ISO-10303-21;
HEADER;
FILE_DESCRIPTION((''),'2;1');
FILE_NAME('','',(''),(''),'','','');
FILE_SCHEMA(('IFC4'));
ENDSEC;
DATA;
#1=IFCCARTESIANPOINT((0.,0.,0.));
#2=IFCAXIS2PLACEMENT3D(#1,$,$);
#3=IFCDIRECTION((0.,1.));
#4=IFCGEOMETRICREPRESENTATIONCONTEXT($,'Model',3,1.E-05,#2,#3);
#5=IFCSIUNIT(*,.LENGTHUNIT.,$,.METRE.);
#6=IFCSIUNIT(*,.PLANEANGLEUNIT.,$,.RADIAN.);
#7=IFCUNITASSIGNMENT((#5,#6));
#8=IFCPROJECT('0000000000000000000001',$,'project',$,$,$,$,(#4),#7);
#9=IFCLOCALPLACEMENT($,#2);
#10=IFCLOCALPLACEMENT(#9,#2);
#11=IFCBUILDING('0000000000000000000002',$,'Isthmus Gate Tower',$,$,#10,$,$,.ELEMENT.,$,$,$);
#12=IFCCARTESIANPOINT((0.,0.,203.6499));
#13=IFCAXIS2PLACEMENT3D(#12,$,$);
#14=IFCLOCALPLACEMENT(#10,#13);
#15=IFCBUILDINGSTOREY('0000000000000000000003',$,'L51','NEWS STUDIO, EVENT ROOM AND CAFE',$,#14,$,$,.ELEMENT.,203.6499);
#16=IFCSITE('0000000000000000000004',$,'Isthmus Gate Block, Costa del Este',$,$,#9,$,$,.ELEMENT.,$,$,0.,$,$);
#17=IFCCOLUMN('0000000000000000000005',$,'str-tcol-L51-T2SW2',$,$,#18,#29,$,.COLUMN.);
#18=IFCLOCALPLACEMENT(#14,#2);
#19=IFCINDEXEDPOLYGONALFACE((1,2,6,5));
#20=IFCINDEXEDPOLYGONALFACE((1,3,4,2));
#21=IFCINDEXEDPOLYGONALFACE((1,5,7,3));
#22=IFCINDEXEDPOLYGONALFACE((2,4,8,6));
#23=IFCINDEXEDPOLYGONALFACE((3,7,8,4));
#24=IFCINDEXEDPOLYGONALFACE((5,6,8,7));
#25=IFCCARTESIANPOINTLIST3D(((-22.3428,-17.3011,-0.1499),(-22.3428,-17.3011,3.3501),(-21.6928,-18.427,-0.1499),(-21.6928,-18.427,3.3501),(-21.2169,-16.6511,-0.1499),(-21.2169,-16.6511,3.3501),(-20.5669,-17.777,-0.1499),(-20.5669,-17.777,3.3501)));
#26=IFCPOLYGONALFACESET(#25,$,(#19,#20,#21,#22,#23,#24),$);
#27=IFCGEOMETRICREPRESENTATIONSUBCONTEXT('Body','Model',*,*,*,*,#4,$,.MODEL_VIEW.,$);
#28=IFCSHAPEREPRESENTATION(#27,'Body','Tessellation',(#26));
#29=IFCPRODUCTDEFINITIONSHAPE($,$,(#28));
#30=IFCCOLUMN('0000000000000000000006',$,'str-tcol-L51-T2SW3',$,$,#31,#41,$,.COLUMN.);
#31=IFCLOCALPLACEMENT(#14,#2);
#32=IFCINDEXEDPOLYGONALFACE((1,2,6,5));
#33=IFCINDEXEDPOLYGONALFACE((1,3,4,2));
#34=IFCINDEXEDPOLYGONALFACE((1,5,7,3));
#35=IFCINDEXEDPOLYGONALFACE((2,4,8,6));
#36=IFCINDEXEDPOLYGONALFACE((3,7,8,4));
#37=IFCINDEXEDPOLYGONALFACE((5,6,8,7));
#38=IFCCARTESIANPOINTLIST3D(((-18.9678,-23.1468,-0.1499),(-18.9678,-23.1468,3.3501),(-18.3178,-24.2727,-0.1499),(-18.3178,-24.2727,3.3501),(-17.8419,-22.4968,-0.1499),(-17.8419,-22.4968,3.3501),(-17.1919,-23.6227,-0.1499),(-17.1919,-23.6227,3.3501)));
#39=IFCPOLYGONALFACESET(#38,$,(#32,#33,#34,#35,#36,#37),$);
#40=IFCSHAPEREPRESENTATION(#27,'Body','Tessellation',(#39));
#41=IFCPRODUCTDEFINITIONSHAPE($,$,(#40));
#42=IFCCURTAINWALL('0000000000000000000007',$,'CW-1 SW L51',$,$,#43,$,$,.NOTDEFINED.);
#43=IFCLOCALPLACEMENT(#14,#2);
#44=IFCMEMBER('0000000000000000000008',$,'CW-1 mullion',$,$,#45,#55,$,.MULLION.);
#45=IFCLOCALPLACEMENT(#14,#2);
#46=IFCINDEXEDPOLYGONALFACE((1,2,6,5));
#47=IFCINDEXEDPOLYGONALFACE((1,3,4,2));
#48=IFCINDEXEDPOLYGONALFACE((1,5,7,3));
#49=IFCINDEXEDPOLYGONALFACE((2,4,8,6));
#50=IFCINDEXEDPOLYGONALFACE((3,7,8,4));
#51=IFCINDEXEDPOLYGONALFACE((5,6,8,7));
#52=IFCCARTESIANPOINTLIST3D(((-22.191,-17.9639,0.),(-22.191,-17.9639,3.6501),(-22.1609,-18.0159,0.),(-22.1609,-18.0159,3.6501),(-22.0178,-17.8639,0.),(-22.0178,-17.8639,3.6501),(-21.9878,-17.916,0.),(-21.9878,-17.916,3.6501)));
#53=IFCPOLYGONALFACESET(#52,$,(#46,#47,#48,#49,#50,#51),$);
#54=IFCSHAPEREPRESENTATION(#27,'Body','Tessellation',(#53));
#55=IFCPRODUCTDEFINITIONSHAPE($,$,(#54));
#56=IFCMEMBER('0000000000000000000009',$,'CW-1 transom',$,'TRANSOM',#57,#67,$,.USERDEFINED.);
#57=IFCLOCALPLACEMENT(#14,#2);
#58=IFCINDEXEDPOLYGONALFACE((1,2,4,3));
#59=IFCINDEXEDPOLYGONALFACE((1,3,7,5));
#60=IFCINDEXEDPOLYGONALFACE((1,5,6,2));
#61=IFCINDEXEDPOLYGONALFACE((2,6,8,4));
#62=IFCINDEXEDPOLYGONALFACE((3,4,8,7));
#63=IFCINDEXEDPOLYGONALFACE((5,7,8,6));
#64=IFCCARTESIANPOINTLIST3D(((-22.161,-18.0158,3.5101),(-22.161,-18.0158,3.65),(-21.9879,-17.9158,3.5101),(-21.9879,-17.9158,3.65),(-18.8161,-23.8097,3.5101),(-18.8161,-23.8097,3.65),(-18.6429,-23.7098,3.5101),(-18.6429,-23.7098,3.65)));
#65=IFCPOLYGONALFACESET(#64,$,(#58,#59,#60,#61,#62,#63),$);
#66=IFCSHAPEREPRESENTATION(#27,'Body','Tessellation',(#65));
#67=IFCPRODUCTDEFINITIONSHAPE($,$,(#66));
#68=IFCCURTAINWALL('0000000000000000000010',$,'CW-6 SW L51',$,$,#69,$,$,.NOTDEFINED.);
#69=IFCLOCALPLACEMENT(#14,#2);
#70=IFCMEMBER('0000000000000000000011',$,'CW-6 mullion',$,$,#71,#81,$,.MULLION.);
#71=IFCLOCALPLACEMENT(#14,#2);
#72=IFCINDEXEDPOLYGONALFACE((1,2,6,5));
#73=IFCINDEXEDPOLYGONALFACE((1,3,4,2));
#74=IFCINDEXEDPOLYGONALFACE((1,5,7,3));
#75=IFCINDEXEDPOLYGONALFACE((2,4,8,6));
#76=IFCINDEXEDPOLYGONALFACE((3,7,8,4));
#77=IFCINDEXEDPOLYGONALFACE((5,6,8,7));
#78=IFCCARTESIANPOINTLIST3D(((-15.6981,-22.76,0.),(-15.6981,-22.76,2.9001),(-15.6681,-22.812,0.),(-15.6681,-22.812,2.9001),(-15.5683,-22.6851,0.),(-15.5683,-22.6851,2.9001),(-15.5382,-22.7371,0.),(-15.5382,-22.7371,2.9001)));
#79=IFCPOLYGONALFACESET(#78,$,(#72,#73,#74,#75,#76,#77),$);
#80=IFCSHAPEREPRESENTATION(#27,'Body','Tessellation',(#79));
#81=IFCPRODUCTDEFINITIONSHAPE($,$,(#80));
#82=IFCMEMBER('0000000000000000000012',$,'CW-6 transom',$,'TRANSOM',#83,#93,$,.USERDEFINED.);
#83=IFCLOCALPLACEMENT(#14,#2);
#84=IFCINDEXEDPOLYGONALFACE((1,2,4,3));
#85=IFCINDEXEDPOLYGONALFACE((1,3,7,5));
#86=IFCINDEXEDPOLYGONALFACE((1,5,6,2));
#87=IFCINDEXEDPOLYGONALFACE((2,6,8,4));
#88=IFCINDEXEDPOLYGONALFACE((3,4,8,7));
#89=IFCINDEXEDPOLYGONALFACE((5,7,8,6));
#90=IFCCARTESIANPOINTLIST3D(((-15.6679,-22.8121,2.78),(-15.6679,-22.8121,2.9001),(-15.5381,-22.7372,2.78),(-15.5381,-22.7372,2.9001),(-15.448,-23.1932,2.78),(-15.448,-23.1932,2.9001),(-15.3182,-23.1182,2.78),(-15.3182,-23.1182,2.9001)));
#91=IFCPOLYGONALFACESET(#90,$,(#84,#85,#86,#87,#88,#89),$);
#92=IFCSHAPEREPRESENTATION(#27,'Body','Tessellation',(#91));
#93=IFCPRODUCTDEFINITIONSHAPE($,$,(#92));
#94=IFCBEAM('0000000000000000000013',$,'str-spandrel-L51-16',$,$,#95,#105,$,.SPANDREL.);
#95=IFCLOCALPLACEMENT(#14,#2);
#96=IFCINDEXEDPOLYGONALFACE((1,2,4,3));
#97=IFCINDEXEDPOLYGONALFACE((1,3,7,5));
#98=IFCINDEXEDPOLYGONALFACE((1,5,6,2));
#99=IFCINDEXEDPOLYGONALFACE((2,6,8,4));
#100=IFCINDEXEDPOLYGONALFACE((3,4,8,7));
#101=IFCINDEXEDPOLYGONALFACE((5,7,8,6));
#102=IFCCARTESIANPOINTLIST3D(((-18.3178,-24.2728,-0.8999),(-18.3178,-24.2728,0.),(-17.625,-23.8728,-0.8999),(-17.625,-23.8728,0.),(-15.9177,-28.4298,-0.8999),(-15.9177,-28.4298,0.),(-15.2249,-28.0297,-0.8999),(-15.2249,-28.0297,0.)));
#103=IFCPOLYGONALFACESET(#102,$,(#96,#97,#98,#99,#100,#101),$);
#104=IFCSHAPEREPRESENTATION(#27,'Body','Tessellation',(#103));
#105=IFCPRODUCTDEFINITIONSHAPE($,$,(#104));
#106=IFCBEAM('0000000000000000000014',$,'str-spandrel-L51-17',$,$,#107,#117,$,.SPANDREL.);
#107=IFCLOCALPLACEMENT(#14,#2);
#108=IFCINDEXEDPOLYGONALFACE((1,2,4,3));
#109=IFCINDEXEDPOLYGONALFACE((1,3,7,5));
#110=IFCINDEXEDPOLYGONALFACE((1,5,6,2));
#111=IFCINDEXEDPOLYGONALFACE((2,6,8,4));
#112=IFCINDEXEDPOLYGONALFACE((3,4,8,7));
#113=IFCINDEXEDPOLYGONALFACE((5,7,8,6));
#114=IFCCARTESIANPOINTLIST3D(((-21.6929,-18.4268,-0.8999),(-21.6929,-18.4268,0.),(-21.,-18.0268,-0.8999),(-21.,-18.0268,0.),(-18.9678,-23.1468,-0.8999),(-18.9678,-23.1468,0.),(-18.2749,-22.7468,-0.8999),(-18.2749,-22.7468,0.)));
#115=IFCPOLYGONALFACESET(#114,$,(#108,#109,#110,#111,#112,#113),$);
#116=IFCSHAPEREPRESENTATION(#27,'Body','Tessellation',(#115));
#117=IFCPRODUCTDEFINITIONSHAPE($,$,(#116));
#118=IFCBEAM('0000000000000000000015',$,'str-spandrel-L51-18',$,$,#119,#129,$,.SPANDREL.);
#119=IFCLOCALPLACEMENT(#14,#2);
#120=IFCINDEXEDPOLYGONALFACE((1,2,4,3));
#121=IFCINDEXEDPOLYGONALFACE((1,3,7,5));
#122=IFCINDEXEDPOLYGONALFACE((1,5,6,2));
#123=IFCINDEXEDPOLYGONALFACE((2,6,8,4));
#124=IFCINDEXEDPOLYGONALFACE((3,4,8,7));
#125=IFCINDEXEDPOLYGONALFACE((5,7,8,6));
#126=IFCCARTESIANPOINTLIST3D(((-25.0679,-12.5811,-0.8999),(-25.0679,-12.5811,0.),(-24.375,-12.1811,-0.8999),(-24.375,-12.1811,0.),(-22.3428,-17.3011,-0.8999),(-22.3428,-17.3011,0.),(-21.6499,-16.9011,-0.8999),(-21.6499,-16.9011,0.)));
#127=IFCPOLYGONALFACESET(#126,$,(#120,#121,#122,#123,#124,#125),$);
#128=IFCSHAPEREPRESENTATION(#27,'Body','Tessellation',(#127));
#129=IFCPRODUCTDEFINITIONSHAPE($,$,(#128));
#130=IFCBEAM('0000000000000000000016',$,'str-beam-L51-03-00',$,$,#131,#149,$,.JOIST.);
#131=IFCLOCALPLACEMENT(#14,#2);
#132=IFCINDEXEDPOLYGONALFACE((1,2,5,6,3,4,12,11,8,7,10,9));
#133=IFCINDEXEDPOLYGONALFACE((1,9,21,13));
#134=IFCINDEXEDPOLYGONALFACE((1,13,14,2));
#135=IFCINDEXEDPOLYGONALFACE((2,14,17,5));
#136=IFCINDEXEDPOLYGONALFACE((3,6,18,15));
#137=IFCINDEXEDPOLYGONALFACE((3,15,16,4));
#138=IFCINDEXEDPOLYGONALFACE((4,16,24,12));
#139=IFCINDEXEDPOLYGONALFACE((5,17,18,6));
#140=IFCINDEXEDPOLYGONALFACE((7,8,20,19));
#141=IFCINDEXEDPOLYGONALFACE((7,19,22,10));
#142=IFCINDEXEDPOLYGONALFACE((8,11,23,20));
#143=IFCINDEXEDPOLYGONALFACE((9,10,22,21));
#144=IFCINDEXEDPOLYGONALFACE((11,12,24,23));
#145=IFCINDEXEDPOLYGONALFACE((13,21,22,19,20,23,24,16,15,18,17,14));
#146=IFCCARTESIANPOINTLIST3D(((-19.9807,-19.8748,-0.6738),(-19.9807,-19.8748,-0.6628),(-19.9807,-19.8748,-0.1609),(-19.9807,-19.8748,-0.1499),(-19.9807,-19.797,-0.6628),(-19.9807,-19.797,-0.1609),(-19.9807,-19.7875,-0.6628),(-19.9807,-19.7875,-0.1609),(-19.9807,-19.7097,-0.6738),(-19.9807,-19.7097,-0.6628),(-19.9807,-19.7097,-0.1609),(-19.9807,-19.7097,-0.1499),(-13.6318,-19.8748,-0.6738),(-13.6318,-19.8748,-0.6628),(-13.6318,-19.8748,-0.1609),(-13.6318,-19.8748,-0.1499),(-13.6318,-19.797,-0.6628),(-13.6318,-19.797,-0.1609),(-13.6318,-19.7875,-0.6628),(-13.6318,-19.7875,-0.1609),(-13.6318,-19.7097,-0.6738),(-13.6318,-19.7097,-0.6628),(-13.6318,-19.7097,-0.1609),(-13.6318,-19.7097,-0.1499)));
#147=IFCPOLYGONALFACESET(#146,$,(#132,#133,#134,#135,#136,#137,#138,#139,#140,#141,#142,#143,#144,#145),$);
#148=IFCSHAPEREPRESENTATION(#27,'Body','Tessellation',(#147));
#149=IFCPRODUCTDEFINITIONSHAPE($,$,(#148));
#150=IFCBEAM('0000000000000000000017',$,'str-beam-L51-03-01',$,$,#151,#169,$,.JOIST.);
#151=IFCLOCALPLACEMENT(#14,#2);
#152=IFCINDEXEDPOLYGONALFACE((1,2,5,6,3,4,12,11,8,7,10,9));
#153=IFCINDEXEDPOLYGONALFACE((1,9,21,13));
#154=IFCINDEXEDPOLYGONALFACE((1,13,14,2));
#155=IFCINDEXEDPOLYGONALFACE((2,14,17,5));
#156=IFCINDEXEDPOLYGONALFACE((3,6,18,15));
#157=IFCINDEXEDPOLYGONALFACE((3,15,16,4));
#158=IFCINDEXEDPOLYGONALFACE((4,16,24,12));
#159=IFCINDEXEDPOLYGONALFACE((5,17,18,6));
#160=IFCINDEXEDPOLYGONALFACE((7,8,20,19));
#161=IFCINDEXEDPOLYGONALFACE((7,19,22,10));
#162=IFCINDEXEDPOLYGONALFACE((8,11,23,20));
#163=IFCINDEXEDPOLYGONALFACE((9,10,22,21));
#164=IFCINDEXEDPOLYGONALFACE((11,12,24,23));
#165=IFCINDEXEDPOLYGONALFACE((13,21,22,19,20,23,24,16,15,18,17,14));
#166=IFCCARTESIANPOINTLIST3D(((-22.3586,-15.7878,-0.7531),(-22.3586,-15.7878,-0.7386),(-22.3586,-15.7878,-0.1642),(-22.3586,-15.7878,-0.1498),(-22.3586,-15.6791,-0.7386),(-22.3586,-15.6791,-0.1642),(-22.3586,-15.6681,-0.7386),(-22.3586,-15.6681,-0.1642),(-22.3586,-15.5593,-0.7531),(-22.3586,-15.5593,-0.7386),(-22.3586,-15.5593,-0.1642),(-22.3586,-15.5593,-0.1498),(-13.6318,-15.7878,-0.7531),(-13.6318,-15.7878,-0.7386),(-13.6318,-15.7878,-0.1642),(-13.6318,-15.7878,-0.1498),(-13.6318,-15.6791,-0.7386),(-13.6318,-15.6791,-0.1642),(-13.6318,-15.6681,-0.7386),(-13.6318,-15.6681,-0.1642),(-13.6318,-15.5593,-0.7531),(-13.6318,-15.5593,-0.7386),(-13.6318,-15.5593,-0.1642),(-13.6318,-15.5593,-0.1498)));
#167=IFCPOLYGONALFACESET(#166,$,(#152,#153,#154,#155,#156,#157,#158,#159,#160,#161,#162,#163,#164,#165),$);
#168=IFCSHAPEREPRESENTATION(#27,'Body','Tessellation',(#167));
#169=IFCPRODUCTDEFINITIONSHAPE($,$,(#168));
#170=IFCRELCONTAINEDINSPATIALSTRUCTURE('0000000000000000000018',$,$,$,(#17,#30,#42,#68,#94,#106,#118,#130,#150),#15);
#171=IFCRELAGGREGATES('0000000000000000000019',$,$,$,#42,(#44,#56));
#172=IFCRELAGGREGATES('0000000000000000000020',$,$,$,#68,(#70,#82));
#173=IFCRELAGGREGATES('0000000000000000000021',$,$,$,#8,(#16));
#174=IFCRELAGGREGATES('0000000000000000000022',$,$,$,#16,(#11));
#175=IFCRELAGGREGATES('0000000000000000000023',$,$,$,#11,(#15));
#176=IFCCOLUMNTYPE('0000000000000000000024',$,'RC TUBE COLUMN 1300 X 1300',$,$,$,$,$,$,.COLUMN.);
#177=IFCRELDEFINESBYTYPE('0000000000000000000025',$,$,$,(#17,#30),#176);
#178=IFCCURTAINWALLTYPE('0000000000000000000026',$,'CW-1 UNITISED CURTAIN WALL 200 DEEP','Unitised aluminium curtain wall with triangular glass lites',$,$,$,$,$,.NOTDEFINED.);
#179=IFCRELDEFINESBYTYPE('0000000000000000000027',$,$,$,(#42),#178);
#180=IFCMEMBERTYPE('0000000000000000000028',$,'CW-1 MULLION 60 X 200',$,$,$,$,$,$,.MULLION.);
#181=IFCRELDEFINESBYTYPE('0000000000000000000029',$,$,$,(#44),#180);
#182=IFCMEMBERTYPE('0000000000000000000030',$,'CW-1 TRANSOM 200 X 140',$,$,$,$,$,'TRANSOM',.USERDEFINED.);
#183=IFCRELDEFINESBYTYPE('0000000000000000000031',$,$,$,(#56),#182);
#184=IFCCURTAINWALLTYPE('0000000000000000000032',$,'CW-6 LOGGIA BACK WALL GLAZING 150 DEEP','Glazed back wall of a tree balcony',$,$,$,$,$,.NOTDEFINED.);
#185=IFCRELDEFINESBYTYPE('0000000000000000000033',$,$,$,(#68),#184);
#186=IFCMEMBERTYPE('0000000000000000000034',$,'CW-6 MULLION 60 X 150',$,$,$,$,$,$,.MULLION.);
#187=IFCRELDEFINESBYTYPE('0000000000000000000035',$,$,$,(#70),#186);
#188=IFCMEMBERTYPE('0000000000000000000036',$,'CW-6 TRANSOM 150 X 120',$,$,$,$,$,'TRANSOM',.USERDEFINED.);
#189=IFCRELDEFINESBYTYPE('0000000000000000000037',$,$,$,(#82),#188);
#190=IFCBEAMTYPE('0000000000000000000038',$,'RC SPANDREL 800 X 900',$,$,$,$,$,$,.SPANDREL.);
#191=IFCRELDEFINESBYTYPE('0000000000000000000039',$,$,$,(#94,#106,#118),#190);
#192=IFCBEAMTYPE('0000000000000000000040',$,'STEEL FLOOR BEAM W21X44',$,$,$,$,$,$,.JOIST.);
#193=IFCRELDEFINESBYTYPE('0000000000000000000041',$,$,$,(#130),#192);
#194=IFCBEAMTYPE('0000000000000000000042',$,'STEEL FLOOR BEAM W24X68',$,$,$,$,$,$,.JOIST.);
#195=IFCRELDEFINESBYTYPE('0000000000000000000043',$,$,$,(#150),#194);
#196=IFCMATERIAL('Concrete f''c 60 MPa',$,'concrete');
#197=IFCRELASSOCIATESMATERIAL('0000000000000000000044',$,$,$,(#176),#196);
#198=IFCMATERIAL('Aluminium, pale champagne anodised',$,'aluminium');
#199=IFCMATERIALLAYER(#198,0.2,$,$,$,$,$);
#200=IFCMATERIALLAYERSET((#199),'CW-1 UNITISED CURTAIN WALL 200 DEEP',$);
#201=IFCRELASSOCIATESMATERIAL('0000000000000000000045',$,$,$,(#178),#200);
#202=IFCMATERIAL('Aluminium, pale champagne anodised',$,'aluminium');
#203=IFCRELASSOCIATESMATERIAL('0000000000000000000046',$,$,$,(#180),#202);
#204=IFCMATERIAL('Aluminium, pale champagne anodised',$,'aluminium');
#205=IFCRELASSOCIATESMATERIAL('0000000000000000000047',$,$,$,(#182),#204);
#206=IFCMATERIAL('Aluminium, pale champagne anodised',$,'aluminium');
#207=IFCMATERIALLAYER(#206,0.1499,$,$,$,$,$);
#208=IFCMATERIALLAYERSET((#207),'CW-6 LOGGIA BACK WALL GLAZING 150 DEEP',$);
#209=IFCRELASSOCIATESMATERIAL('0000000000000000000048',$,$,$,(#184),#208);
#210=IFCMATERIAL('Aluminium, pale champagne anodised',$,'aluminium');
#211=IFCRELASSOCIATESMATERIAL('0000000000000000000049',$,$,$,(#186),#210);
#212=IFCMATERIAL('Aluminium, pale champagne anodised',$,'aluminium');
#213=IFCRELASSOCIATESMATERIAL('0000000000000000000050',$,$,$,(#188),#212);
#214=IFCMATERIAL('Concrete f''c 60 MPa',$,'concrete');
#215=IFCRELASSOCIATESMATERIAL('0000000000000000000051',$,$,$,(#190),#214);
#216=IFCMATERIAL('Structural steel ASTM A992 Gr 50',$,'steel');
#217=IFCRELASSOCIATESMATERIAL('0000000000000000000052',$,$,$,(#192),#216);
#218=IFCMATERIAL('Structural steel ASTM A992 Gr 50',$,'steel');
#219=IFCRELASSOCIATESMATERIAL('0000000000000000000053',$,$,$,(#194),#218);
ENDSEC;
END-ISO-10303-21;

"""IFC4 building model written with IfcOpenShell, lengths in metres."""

from ifc_helpers import new_model, si_unit, direction, frame, origin, origin_2d, place, context, subcontext, project, spatial, rectangle, i_section, extrude, material, layer, layer_set, material_profile, profile_set, type_object, element, aggregate, save


model = new_model("IFC4")

# Units and contexts
model_context = context("Model", 3, precision=1e-05, world=origin(), true_north=direction((0.0, 1.0)))
body_context = subcontext(model_context, "Body", "Model", "MODEL_VIEW")
ifc_project = project(units=[si_unit("LENGTHUNIT", "METRE"), si_unit("PLANEANGLEUNIT", "RADIAN")], contexts=[model_context])

# Site, building, storey
site_placement = place(None, origin())
site = spatial("IfcSite", under=ifc_project, at=site_placement, Name="Isthmus Gate Block, Costa del Este", CompositionType="ELEMENT", RefElevation=0.0)
building_placement = place(site_placement, origin())
building = spatial("IfcBuilding", under=site, at=building_placement, Name="Isthmus Gate Tower", CompositionType="ELEMENT")
storey_placement = place(building_placement, frame((0.0, 0.0, 203.6499)))
storey = spatial("IfcBuildingStorey", under=building, at=storey_placement, Name="L51", Description="NEWS STUDIO, EVENT ROOM AND CAFE", CompositionType="ELEMENT", Elevation=203.6499)

# Columns
ifc_material_1 = material(Name="Concrete f'c 60 MPa", Category="concrete")
ifc_material_profile_1 = material_profile(ifc_material_1, rectangle(XDim=1.3, YDim=1.3, at=origin_2d()), Name="RC 1300X1300")
ifc_profile_set_1 = profile_set([ifc_material_profile_1], Name="Concrete f'c 60 MPa")
column_type = type_object("IfcColumnType", Name="RC TUBE COLUMN 1300 X 1300", PredefinedType="COLUMN", material=ifc_profile_set_1)
for number, where, z_axis, x_axis, name in (
    (1, (-21.4548, -17.5391, -0.1499), (0.0, 0.0, 1.0), (0.5, -0.866025, 0.0), "str-tcol-L51-T2SW2"),
    (2, (-18.0798, -23.3848, -0.1499), (0.0, 0.0, 1.0), (0.5, -0.866025, 0.0), "str-tcol-L51-T2SW3"),
):
    element("IfcColumn", number, at=place(storey_placement, frame(where, z_axis=z_axis, x_axis=x_axis)), inside=storey, type_object=column_type, Name=name, PredefinedType="COLUMN", context=body_context, shape_type="SweptSolid", body=[
        extrude(rectangle(XDim=1.3, YDim=1.3, at=origin_2d()), origin(), (0.0, 0.0, 1.0), 3.5),
    ])

# Curtain walls, members
ifc_material_2 = material(Name="Aluminium, pale champagne anodised", Category="aluminium")
ifc_layer_1 = layer(ifc_material_2, 0.2)
ifc_layer_set_1 = layer_set([ifc_layer_1], Name="CW-1 UNITISED CURTAIN WALL 200 DEEP")
curtain_wall_type_1 = type_object("IfcCurtainWallType", Name="CW-1 UNITISED CURTAIN WALL 200 DEEP", Description="Unitised aluminium curtain wall with triangular glass lites", PredefinedType="NOTDEFINED", material=ifc_layer_set_1)
curtain_wall_1_placement = place(storey_placement, origin())
curtain_wall_1 = element("IfcCurtainWall", 3, at=curtain_wall_1_placement, inside=storey, type_object=curtain_wall_type_1, Name="CW-1 SW L51", PredefinedType="NOTDEFINED")
ifc_material_3 = material(Name="Aluminium, pale champagne anodised", Category="aluminium")
ifc_material_profile_2 = material_profile(ifc_material_3, rectangle(XDim=0.0601, YDim=0.2, at=origin_2d()), Name="60x200")
ifc_profile_set_2 = profile_set([ifc_material_profile_2], Name="Aluminium, pale champagne anodised")
member_type_1 = type_object("IfcMemberType", Name="CW-1 MULLION 60 X 200", PredefinedType="MULLION", material=ifc_profile_set_2)
member_1_placement = place(storey_placement, frame((-22.0894, -17.9399, 0.0), z_axis=(0.0, 0.0, 1.0), x_axis=(0.5, -0.866025, 0.0)))
member_1 = element("IfcMember", 4, at=member_1_placement, type_object=member_type_1, Name="CW-1 mullion", PredefinedType="MULLION", context=body_context, shape_type="SweptSolid", body=[
    extrude(rectangle(XDim=0.0601, YDim=0.2, at=origin_2d()), origin(), (0.0, 0.0, 1.0), 3.6501),
])
ifc_material_4 = material(Name="Aluminium, pale champagne anodised", Category="aluminium")
ifc_material_profile_3 = material_profile(ifc_material_4, rectangle(XDim=0.2, YDim=0.1399, at=origin_2d()), Name="200x140")
ifc_profile_set_3 = profile_set([ifc_material_profile_3], Name="Aluminium, pale champagne anodised")
member_type_2 = type_object("IfcMemberType", Name="CW-1 TRANSOM 200 X 140", ElementType="TRANSOM", PredefinedType="USERDEFINED", material=ifc_profile_set_3)
member_2_placement = place(storey_placement, frame((-22.0745, -17.9658, 3.5801), z_axis=(0.499981, -0.866036, 0.0), x_axis=(0.866036, 0.499981, 0.0)))
member_2 = element("IfcMember", 5, at=member_2_placement, type_object=member_type_2, Name="CW-1 transom", ObjectType="TRANSOM", PredefinedType="USERDEFINED", context=body_context, shape_type="SweptSolid", body=[
    extrude(rectangle(XDim=0.2, YDim=0.1399, at=origin_2d()), origin(), (0.0, 0.0, 1.0), 6.6902),
])
ifc_material_5 = material(Name="Aluminium, pale champagne anodised", Category="aluminium")
ifc_layer_2 = layer(ifc_material_5, 0.1499)
ifc_layer_set_2 = layer_set([ifc_layer_2], Name="CW-6 LOGGIA BACK WALL GLAZING 150 DEEP")
curtain_wall_type_2 = type_object("IfcCurtainWallType", Name="CW-6 LOGGIA BACK WALL GLAZING 150 DEEP", Description="Glazed back wall of a tree balcony", PredefinedType="NOTDEFINED", material=ifc_layer_set_2)
curtain_wall_2_placement = place(storey_placement, origin())
curtain_wall_2 = element("IfcCurtainWall", 6, at=curtain_wall_2_placement, inside=storey, type_object=curtain_wall_type_2, Name="CW-6 SW L51", PredefinedType="NOTDEFINED")
ifc_material_6 = material(Name="Aluminium, pale champagne anodised", Category="aluminium")
ifc_material_profile_4 = material_profile(ifc_material_6, rectangle(XDim=0.0601, YDim=0.1499, at=origin_2d()), Name="60x150")
ifc_profile_set_4 = profile_set([ifc_material_profile_4], Name="Aluminium, pale champagne anodised")
member_type_3 = type_object("IfcMemberType", Name="CW-6 MULLION 60 X 150", PredefinedType="MULLION", material=ifc_profile_set_4)
member_3_placement = place(storey_placement, frame((-15.6182, -22.7485, 0.0), z_axis=(0.0, 0.0, 1.0), x_axis=(0.5, -0.866025, 0.0)))
member_3 = element("IfcMember", 7, at=member_3_placement, type_object=member_type_3, Name="CW-6 mullion", PredefinedType="MULLION", context=body_context, shape_type="SweptSolid", body=[
    extrude(rectangle(XDim=0.0601, YDim=0.1499, at=origin_2d()), origin(), (0.0, 0.0, 1.0), 2.9001),
])
ifc_material_7 = material(Name="Aluminium, pale champagne anodised", Category="aluminium")
ifc_material_profile_5 = material_profile(ifc_material_7, rectangle(XDim=0.1499, YDim=0.1201, at=origin_2d()), Name="150x120")
ifc_profile_set_5 = profile_set([ifc_material_profile_5], Name="Aluminium, pale champagne anodised")
member_type_4 = type_object("IfcMemberType", Name="CW-6 TRANSOM 150 X 120", ElementType="TRANSOM", PredefinedType="USERDEFINED", material=ifc_profile_set_5)
member_4_placement = place(storey_placement, frame((-15.603, -22.7747, 2.8401), z_axis=(0.499899, -0.866084, 0.0), x_axis=(0.866084, 0.499899, 0.0)))
member_4 = element("IfcMember", 8, at=member_4_placement, type_object=member_type_4, Name="CW-6 transom", ObjectType="TRANSOM", PredefinedType="USERDEFINED", context=body_context, shape_type="SweptSolid", body=[
    extrude(rectangle(XDim=0.1499, YDim=0.1201, at=origin_2d()), origin(), (0.0, 0.0, 1.0), 0.4399),
])

# Beams
ifc_material_8 = material(Name="Concrete f'c 60 MPa", Category="concrete")
ifc_material_profile_6 = material_profile(ifc_material_8, rectangle(XDim=0.8, YDim=0.8999, at=origin_2d()), Name="RC 800X900")
ifc_profile_set_6 = profile_set([ifc_material_profile_6], Name="Concrete f'c 60 MPa")
beam_type_1 = type_object("IfcBeamType", Name="RC SPANDREL 800 X 900", PredefinedType="SPANDREL", material=ifc_profile_set_6)
beam_1_placement = place(storey_placement, frame((-15.5713, -28.2297, -0.45), z_axis=(-0.500017, 0.866015, 0.0), x_axis=(-0.866015, -0.500017, 0.0)))
element("IfcBeam", 9, at=beam_1_placement, inside=storey, type_object=beam_type_1, Name="str-spandrel-L51-16", PredefinedType="SPANDREL", context=body_context, shape_type="SweptSolid", body=[
    extrude(rectangle(XDim=0.8, YDim=0.8999, at=origin_2d()), origin(), (0.0, 0.0, 1.0), 4.8),
])
for number, where, z_axis, x_axis, name in (
    (10, (-18.6213, -22.9468, -0.45), (-0.500003, 0.866024, 0.0), (-0.866024, -0.500003, 0.0), "str-spandrel-L51-17"),
    (11, (-21.9963, -17.1011, -0.45), (-0.500003, 0.866024, 0.0), (-0.866024, -0.500003, 0.0), "str-spandrel-L51-18"),
):
    element("IfcBeam", number, at=place(storey_placement, frame(where, z_axis=z_axis, x_axis=x_axis)), inside=storey, type_object=beam_type_1, Name=name, PredefinedType="SPANDREL", context=body_context, shape_type="SweptSolid", body=[
        extrude(rectangle(XDim=0.8, YDim=0.8999, at=origin_2d()), origin(), (0.0, 0.0, 1.0), 5.4502),
    ])
ifc_material_9 = material(Name="Structural steel ASTM A992 Gr 50", Category="steel")
ifc_material_profile_7 = material_profile(ifc_material_9, i_section(OverallWidth=0.165, OverallDepth=0.5239, WebThickness=0.0095, FlangeThickness=0.011, at=origin_2d()), Name="W21X44")
ifc_profile_set_7 = profile_set([ifc_material_profile_7], Name="Structural steel ASTM A992 Gr 50")
beam_type_2 = type_object("IfcBeamType", Name="STEEL FLOOR BEAM W21X44", PredefinedType="JOIST", material=ifc_profile_set_7)
beam_2_placement = place(storey_placement, frame((-19.9807, -19.7922, -0.4119), z_axis=(1.0, 0.0, 0.0), x_axis=(0.0, 1.0, 0.0)))
element("IfcBeam", 12, at=beam_2_placement, inside=storey, type_object=beam_type_2, Name="str-beam-L51-03-00", PredefinedType="JOIST", context=body_context, shape_type="SweptSolid", body=[
    extrude(i_section(OverallWidth=0.165, OverallDepth=0.5239, WebThickness=0.0095, FlangeThickness=0.011, at=origin_2d()), origin(), (0.0, 0.0, 1.0), 6.3489),
])
ifc_material_10 = material(Name="Structural steel ASTM A992 Gr 50", Category="steel")
ifc_material_profile_8 = material_profile(ifc_material_10, i_section(OverallWidth=0.2285, OverallDepth=0.6033, WebThickness=0.011, FlangeThickness=0.0144, at=origin_2d()), Name="W24X68")
ifc_profile_set_8 = profile_set([ifc_material_profile_8], Name="Structural steel ASTM A992 Gr 50")
beam_type_3 = type_object("IfcBeamType", Name="STEEL FLOOR BEAM W24X68", PredefinedType="JOIST", material=ifc_profile_set_8)
beam_3_placement = place(storey_placement, frame((-22.3586, -15.6736, -0.4514), z_axis=(1.0, 0.0, 0.0), x_axis=(0.0, 1.0, 0.0)))
element("IfcBeam", 13, at=beam_3_placement, inside=storey, type_object=beam_type_3, Name="str-beam-L51-03-01", PredefinedType="JOIST", context=body_context, shape_type="SweptSolid", body=[
    extrude(i_section(OverallWidth=0.2285, OverallDepth=0.6033, WebThickness=0.011, FlangeThickness=0.0144, at=origin_2d()), origin(), (0.0, 0.0, 1.0), 8.7268),
])

aggregate(curtain_wall_1, [member_1, member_2])
aggregate(curtain_wall_2, [member_3, member_4])

save(model, "model.ifc")
